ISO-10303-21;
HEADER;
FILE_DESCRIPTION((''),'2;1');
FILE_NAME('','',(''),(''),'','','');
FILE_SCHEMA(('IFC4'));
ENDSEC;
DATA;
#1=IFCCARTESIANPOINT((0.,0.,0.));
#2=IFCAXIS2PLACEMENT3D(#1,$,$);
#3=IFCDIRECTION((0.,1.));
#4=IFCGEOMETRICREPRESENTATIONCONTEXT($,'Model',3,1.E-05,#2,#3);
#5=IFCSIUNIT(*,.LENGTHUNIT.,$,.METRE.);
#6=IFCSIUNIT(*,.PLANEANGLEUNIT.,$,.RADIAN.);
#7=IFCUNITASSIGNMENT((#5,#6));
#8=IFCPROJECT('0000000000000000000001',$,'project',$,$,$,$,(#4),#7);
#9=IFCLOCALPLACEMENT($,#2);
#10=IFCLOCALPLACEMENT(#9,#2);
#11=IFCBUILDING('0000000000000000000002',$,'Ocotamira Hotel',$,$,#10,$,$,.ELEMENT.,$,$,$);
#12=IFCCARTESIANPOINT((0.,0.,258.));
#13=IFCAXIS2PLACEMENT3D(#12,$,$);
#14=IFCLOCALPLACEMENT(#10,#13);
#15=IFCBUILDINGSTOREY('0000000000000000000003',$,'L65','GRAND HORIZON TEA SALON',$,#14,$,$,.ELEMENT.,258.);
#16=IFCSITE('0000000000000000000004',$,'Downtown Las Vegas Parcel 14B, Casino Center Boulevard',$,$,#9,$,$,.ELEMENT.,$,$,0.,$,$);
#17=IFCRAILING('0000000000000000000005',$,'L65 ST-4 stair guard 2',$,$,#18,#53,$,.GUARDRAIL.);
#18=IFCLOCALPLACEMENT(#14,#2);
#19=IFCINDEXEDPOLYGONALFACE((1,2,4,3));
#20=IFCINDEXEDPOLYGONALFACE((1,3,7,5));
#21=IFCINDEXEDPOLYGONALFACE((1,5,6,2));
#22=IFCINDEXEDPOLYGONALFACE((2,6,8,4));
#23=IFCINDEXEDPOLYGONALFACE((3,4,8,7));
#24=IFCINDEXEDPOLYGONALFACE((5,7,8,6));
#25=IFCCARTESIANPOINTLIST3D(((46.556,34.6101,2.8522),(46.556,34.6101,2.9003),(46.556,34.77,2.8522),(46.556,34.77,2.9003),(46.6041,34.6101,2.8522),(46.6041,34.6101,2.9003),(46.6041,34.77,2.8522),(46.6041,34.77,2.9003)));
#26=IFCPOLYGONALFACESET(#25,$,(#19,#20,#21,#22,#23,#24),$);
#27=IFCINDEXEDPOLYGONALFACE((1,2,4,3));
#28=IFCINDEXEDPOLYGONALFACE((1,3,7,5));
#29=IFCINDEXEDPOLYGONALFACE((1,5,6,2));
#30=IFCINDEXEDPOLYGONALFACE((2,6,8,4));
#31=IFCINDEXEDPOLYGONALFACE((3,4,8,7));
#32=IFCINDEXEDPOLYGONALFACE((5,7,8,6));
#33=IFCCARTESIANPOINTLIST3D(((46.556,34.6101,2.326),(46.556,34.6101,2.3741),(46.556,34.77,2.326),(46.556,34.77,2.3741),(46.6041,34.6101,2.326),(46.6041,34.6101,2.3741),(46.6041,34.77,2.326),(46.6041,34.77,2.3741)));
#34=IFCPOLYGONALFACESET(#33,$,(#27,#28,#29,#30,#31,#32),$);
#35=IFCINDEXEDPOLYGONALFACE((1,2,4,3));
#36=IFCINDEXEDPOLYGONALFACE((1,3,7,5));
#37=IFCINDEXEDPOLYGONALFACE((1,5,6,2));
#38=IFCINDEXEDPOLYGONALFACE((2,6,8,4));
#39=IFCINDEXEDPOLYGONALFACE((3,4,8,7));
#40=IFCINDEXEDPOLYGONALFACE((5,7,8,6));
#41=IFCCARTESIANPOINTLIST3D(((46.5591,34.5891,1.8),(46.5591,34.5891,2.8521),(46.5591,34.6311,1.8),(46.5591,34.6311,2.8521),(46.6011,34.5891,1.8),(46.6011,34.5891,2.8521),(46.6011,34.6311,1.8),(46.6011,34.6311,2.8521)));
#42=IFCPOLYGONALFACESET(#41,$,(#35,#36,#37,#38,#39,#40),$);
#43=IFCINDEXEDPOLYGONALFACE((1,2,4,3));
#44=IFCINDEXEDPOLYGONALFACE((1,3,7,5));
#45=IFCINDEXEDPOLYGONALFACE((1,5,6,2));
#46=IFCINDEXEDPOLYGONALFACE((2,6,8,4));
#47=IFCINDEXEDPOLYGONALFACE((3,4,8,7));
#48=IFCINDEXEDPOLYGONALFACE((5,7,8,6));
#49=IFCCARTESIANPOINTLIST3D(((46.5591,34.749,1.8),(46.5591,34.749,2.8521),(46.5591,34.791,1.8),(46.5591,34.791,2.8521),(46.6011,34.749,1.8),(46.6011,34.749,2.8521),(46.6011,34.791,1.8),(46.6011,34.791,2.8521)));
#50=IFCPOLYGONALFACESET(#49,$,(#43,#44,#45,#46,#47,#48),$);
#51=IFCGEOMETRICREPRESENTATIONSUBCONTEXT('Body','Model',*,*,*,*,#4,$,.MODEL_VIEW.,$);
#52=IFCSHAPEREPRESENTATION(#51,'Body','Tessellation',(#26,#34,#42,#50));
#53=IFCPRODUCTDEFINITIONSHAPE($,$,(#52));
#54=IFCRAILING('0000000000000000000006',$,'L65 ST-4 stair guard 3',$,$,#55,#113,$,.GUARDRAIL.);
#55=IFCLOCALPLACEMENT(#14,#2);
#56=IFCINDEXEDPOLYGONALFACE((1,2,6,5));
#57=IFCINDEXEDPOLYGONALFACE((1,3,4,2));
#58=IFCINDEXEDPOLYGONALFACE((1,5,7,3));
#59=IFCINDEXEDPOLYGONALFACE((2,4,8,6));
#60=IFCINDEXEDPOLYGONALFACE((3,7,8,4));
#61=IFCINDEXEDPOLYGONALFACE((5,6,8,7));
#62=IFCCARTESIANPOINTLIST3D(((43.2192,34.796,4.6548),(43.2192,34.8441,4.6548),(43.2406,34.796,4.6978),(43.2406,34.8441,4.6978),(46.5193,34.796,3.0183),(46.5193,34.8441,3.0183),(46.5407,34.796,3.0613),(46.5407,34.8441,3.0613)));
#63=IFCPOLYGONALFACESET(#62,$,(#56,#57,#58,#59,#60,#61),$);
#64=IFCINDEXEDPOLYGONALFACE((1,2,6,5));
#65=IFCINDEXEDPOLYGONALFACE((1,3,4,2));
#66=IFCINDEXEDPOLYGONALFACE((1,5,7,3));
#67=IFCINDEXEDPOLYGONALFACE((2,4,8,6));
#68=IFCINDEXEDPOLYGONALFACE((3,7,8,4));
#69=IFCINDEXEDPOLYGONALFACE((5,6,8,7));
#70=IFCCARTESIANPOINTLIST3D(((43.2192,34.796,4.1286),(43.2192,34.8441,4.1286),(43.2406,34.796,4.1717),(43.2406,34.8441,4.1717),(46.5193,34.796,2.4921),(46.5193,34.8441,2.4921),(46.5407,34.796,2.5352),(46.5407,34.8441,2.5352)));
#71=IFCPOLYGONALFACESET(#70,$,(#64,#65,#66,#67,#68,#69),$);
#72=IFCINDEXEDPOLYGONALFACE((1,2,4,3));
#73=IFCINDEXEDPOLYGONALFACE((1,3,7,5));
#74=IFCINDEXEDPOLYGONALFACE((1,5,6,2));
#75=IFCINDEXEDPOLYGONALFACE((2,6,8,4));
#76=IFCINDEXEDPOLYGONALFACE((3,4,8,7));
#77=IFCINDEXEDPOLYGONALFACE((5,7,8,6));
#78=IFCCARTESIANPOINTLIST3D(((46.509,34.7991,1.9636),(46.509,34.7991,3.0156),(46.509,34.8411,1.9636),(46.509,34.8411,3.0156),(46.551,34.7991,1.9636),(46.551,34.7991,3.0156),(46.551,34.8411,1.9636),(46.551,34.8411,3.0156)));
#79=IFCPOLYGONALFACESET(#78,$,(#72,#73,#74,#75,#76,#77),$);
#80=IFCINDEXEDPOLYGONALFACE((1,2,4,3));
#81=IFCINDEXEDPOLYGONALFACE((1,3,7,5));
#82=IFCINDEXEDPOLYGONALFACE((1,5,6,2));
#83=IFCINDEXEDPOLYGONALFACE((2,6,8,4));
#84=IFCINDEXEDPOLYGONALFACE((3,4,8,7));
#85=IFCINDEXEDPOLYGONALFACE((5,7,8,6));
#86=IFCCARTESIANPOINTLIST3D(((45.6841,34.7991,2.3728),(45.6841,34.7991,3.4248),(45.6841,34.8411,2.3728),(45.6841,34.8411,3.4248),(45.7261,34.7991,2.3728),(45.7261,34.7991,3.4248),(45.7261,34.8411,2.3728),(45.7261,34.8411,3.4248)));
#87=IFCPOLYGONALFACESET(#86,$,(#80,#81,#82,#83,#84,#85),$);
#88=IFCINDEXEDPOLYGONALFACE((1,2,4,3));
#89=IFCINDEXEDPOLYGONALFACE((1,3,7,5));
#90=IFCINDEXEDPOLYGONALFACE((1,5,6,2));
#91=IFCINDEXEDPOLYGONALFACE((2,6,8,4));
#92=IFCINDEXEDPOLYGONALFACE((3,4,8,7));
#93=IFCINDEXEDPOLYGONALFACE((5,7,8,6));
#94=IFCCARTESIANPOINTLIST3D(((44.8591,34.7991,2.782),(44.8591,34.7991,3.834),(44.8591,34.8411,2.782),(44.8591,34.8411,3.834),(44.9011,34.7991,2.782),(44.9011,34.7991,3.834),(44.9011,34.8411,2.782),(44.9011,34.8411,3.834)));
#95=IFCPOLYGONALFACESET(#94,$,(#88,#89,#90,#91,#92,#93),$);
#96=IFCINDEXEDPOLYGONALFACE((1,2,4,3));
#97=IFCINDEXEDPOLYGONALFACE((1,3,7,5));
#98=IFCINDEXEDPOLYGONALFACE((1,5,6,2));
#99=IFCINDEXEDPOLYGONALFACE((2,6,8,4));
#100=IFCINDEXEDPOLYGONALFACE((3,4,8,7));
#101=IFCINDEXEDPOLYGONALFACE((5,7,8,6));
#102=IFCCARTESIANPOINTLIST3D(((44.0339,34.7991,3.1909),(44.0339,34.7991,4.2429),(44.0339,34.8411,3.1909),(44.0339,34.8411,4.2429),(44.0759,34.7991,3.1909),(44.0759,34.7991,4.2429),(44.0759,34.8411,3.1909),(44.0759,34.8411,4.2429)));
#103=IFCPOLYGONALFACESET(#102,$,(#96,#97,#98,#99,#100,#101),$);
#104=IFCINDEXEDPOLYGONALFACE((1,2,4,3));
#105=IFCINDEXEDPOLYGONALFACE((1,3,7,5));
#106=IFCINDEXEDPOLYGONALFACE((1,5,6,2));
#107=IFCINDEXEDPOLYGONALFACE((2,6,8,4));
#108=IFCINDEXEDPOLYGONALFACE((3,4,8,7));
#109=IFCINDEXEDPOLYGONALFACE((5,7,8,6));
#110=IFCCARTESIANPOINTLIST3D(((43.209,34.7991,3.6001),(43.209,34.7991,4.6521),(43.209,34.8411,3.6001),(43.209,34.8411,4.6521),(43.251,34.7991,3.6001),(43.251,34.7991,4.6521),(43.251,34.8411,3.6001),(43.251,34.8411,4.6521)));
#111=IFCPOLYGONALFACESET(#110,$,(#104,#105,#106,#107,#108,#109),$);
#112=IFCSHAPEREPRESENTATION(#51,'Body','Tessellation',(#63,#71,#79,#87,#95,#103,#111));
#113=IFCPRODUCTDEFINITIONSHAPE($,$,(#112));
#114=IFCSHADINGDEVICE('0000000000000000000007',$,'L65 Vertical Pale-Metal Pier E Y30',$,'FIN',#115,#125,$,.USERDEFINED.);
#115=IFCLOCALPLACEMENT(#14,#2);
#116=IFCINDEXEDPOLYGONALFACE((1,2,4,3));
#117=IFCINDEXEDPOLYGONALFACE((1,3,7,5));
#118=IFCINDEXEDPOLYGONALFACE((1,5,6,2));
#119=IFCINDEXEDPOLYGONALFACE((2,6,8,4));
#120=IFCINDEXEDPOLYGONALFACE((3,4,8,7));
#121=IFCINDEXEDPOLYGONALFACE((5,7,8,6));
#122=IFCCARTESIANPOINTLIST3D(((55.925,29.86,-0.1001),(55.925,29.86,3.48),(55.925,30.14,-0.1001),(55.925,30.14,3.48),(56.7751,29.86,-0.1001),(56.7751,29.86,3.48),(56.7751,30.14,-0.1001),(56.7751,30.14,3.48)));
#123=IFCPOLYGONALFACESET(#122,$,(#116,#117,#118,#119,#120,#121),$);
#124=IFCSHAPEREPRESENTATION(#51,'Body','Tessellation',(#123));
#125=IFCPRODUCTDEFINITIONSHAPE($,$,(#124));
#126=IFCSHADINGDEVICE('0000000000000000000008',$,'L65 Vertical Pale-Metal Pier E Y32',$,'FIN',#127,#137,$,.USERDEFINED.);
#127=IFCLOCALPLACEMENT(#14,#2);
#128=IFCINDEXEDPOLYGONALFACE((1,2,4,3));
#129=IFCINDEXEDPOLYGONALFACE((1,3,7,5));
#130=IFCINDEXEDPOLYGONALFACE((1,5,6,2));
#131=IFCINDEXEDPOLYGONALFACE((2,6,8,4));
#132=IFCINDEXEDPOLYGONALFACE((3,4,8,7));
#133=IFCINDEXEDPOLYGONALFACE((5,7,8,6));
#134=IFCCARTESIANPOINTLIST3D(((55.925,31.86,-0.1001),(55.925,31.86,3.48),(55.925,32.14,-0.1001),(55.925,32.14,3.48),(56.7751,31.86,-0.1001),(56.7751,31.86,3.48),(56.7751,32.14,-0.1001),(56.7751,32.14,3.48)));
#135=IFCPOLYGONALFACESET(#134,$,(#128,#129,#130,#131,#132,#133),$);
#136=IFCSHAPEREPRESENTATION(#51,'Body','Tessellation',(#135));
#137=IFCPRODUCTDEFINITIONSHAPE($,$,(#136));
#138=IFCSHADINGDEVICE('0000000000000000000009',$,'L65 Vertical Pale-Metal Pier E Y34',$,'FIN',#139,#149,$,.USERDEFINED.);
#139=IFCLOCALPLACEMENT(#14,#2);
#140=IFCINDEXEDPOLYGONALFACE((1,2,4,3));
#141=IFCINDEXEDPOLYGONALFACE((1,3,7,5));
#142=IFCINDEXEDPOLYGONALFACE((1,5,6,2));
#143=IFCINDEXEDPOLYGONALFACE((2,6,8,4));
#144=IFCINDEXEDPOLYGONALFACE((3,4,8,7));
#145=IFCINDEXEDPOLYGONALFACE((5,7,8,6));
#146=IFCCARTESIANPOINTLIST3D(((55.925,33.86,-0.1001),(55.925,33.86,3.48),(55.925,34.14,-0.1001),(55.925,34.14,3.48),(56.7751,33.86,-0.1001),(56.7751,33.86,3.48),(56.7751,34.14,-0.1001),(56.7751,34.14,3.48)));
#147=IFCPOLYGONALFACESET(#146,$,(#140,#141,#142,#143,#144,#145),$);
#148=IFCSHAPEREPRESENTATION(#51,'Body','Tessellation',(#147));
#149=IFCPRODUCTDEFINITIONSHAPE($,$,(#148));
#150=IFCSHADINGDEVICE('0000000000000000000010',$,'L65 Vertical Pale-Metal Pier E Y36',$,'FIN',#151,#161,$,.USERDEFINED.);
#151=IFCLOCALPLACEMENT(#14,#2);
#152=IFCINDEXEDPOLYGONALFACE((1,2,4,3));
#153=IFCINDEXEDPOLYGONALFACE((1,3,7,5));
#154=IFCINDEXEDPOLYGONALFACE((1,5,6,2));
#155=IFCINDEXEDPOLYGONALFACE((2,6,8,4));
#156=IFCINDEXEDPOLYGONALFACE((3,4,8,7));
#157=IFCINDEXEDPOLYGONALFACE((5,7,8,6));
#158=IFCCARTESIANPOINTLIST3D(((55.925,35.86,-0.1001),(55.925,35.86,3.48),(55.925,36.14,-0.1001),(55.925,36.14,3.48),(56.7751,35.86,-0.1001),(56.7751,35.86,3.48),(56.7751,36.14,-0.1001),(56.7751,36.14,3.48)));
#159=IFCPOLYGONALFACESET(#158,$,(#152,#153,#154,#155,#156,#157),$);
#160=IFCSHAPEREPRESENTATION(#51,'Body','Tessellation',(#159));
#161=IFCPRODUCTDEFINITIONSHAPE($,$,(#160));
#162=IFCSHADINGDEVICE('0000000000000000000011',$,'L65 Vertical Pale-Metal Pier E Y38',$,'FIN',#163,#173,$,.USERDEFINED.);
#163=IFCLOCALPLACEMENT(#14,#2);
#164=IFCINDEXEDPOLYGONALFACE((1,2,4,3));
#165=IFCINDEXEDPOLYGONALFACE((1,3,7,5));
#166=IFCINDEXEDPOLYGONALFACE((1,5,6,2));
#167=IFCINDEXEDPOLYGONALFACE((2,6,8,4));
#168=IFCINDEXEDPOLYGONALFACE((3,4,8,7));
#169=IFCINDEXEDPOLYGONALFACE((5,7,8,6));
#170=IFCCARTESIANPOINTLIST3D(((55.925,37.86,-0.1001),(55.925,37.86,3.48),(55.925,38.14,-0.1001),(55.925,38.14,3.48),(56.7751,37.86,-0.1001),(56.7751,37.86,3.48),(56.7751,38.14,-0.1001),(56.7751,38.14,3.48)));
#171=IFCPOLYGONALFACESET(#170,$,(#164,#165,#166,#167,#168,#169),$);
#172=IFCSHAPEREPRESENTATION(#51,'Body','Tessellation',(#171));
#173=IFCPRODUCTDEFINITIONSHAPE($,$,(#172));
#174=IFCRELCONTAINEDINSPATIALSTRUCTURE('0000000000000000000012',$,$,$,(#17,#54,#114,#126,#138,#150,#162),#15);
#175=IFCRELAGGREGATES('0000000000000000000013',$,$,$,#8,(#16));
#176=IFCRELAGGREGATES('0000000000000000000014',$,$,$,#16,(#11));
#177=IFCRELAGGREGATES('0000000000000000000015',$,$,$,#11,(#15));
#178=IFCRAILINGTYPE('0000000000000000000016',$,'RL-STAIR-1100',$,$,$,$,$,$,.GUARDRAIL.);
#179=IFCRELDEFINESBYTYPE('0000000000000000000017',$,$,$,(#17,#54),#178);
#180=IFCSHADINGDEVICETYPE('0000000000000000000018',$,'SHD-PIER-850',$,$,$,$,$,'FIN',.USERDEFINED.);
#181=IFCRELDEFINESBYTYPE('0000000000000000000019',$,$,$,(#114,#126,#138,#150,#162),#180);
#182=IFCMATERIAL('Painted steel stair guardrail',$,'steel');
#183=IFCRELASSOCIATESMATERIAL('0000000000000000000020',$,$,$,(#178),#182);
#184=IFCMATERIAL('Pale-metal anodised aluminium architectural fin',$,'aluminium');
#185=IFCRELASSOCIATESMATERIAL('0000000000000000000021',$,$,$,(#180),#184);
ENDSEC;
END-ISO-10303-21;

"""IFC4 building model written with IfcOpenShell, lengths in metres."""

from ifc_helpers import new_model, si_unit, direction, frame, origin, origin_2d, place, context, subcontext, project, spatial, rectangle, extrude, source, transform, mapped, material, type_object, element, save


model = new_model("IFC4")

# Units and contexts
model_context = context("Model", 3, precision=1e-05, world=origin(), true_north=direction((0.0, 1.0)))
body_context = subcontext(model_context, "Body", "Model", "MODEL_VIEW")
ifc_project = project(units=[si_unit("LENGTHUNIT", "METRE"), si_unit("PLANEANGLEUNIT", "RADIAN")], contexts=[model_context])

# Site, building, storey
site_placement = place(None, origin())
site = spatial("IfcSite", under=ifc_project, at=site_placement, Name="Downtown Las Vegas Parcel 14B, Casino Center Boulevard", CompositionType="ELEMENT", RefElevation=0.0)
building_placement = place(site_placement, origin())
building = spatial("IfcBuilding", under=site, at=building_placement, Name="Ocotamira Hotel", CompositionType="ELEMENT")
storey_placement = place(building_placement, frame((0.0, 0.0, 258.0)))
storey = spatial("IfcBuildingStorey", under=building, at=storey_placement, Name="L65", Description="GRAND HORIZON TEA SALON", CompositionType="ELEMENT", Elevation=258.0)

# Railings
ifc_material_1 = material(Name="Painted steel stair guardrail", Category="steel")
railing_type_1 = type_object("IfcRailingType", Name="RL-STAIR-1100", PredefinedType="GUARDRAIL", material=ifc_material_1)
railing_1_placement = place(storey_placement, frame((46.5801, 34.6101, 1.8)))
element("IfcRailing", 1, at=railing_1_placement, inside=storey, type_object=railing_type_1, Name="L65 ST-4 stair guard 2", PredefinedType="GUARDRAIL", context=body_context, shape_type="SweptSolid", body=[
    extrude(rectangle(XDim=0.0481, YDim=0.0481, at=origin_2d()), frame((0.0, 0.0, 1.0762), z_axis=(0.0, 1.0, 0.0), x_axis=(-1.0, 0.0, 0.0)), (0.0, 0.0, 1.0), 0.1599),
    extrude(rectangle(XDim=0.0481, YDim=0.0481, at=origin_2d()), frame((0.0, 0.0, 0.55), z_axis=(0.0, 1.0, 0.0), x_axis=(-1.0, 0.0, 0.0)), (0.0, 0.0, 1.0), 0.1599),
    extrude(rectangle(XDim=0.042, YDim=0.042, at=origin_2d()), origin(), (0.0, 0.0, 1.0), 1.052),
    extrude(rectangle(XDim=0.042, YDim=0.042, at=origin_2d()), frame((0.0, 0.1599, 0.0)), (0.0, 0.0, 1.0), 1.052),
])
railing_2_placement = place(storey_placement, frame((46.53, 34.8201, 1.9636)))
element("IfcRailing", 2, at=railing_2_placement, inside=storey, type_object=railing_type_1, Name="L65 ST-4 stair guard 3", PredefinedType="GUARDRAIL", context=body_context, shape_type="SweptSolid", body=[
    extrude(rectangle(XDim=0.0481, YDim=0.0481, at=origin_2d()), frame((0.0, 0.0, 1.0762), z_axis=(-0.895894, 0.0, 0.444268), x_axis=(0.0, -1.0, 0.0)), (0.0, 0.0, 1.0), 3.6836),
    extrude(rectangle(XDim=0.0481, YDim=0.0481, at=origin_2d()), frame((0.0, 0.0, 0.55), z_axis=(-0.895894, 0.0, 0.444268), x_axis=(0.0, -1.0, 0.0)), (0.0, 0.0, 1.0), 3.6836),
    extrude(rectangle(XDim=0.042, YDim=0.042, at=origin_2d()), origin(), (0.0, 0.0, 1.0), 1.052),
    extrude(rectangle(XDim=0.042, YDim=0.042, at=origin_2d()), frame((-0.825, 0.0, 0.4092)), (0.0, 0.0, 1.0), 1.052),
    extrude(rectangle(XDim=0.042, YDim=0.042, at=origin_2d()), frame((-1.6499, 0.0, 0.8184)), (0.0, 0.0, 1.0), 1.052),
    extrude(rectangle(XDim=0.042, YDim=0.042, at=origin_2d()), frame((-2.4751, 0.0, 1.2273)), (0.0, 0.0, 1.0), 1.052),
    extrude(rectangle(XDim=0.042, YDim=0.042, at=origin_2d()), frame((-3.3, 0.0, 1.6365)), (0.0, 0.0, 1.0), 1.052),
])

# Shading devices
ifc_material_2 = material(Name="Pale-metal anodised aluminium architectural fin", Category="aluminium")
shading_device_type = type_object("IfcShadingDeviceType", Name="SHD-PIER-850", ElementType="FIN", PredefinedType="USERDEFINED", material=ifc_material_2)
shared_shape_1 = source(origin(), body_context, "Body", "SweptSolid", [
    extrude(rectangle(XDim=0.8501, YDim=0.28, at=origin_2d()), origin(), (0.0, 0.0, 1.0), 3.5801),
])
for number, where, z_axis, x_axis, name in (
    (3, (56.3501, 30.0, -0.1001), (0.0, 0.0, 1.0), (1.0, 0.0, 0.0), "L65 Vertical Pale-Metal Pier E Y30"),
    (4, (56.3501, 32.0, -0.1001), (0.0, 0.0, 1.0), (1.0, 0.0, 0.0), "L65 Vertical Pale-Metal Pier E Y32"),
    (5, (56.3501, 34.0, -0.1001), (0.0, 0.0, 1.0), (1.0, 0.0, 0.0), "L65 Vertical Pale-Metal Pier E Y34"),
    (6, (56.3501, 36.0, -0.1001), (0.0, 0.0, 1.0), (1.0, 0.0, 0.0), "L65 Vertical Pale-Metal Pier E Y36"),
    (7, (56.3501, 38.0, -0.1001), (0.0, 0.0, 1.0), (1.0, 0.0, 0.0), "L65 Vertical Pale-Metal Pier E Y38"),
):
    element("IfcShadingDevice", number, at=place(storey_placement, frame(where, z_axis=z_axis, x_axis=x_axis)), inside=storey, type_object=shading_device_type, Name=name, ObjectType="FIN", PredefinedType="USERDEFINED", context=body_context, shape_type="MappedRepresentation", body=[
        mapped(shared_shape_1, transform((0.0, 0.0, 0.0), scale=1.0)),
    ])

save(model, "model.ifc")
